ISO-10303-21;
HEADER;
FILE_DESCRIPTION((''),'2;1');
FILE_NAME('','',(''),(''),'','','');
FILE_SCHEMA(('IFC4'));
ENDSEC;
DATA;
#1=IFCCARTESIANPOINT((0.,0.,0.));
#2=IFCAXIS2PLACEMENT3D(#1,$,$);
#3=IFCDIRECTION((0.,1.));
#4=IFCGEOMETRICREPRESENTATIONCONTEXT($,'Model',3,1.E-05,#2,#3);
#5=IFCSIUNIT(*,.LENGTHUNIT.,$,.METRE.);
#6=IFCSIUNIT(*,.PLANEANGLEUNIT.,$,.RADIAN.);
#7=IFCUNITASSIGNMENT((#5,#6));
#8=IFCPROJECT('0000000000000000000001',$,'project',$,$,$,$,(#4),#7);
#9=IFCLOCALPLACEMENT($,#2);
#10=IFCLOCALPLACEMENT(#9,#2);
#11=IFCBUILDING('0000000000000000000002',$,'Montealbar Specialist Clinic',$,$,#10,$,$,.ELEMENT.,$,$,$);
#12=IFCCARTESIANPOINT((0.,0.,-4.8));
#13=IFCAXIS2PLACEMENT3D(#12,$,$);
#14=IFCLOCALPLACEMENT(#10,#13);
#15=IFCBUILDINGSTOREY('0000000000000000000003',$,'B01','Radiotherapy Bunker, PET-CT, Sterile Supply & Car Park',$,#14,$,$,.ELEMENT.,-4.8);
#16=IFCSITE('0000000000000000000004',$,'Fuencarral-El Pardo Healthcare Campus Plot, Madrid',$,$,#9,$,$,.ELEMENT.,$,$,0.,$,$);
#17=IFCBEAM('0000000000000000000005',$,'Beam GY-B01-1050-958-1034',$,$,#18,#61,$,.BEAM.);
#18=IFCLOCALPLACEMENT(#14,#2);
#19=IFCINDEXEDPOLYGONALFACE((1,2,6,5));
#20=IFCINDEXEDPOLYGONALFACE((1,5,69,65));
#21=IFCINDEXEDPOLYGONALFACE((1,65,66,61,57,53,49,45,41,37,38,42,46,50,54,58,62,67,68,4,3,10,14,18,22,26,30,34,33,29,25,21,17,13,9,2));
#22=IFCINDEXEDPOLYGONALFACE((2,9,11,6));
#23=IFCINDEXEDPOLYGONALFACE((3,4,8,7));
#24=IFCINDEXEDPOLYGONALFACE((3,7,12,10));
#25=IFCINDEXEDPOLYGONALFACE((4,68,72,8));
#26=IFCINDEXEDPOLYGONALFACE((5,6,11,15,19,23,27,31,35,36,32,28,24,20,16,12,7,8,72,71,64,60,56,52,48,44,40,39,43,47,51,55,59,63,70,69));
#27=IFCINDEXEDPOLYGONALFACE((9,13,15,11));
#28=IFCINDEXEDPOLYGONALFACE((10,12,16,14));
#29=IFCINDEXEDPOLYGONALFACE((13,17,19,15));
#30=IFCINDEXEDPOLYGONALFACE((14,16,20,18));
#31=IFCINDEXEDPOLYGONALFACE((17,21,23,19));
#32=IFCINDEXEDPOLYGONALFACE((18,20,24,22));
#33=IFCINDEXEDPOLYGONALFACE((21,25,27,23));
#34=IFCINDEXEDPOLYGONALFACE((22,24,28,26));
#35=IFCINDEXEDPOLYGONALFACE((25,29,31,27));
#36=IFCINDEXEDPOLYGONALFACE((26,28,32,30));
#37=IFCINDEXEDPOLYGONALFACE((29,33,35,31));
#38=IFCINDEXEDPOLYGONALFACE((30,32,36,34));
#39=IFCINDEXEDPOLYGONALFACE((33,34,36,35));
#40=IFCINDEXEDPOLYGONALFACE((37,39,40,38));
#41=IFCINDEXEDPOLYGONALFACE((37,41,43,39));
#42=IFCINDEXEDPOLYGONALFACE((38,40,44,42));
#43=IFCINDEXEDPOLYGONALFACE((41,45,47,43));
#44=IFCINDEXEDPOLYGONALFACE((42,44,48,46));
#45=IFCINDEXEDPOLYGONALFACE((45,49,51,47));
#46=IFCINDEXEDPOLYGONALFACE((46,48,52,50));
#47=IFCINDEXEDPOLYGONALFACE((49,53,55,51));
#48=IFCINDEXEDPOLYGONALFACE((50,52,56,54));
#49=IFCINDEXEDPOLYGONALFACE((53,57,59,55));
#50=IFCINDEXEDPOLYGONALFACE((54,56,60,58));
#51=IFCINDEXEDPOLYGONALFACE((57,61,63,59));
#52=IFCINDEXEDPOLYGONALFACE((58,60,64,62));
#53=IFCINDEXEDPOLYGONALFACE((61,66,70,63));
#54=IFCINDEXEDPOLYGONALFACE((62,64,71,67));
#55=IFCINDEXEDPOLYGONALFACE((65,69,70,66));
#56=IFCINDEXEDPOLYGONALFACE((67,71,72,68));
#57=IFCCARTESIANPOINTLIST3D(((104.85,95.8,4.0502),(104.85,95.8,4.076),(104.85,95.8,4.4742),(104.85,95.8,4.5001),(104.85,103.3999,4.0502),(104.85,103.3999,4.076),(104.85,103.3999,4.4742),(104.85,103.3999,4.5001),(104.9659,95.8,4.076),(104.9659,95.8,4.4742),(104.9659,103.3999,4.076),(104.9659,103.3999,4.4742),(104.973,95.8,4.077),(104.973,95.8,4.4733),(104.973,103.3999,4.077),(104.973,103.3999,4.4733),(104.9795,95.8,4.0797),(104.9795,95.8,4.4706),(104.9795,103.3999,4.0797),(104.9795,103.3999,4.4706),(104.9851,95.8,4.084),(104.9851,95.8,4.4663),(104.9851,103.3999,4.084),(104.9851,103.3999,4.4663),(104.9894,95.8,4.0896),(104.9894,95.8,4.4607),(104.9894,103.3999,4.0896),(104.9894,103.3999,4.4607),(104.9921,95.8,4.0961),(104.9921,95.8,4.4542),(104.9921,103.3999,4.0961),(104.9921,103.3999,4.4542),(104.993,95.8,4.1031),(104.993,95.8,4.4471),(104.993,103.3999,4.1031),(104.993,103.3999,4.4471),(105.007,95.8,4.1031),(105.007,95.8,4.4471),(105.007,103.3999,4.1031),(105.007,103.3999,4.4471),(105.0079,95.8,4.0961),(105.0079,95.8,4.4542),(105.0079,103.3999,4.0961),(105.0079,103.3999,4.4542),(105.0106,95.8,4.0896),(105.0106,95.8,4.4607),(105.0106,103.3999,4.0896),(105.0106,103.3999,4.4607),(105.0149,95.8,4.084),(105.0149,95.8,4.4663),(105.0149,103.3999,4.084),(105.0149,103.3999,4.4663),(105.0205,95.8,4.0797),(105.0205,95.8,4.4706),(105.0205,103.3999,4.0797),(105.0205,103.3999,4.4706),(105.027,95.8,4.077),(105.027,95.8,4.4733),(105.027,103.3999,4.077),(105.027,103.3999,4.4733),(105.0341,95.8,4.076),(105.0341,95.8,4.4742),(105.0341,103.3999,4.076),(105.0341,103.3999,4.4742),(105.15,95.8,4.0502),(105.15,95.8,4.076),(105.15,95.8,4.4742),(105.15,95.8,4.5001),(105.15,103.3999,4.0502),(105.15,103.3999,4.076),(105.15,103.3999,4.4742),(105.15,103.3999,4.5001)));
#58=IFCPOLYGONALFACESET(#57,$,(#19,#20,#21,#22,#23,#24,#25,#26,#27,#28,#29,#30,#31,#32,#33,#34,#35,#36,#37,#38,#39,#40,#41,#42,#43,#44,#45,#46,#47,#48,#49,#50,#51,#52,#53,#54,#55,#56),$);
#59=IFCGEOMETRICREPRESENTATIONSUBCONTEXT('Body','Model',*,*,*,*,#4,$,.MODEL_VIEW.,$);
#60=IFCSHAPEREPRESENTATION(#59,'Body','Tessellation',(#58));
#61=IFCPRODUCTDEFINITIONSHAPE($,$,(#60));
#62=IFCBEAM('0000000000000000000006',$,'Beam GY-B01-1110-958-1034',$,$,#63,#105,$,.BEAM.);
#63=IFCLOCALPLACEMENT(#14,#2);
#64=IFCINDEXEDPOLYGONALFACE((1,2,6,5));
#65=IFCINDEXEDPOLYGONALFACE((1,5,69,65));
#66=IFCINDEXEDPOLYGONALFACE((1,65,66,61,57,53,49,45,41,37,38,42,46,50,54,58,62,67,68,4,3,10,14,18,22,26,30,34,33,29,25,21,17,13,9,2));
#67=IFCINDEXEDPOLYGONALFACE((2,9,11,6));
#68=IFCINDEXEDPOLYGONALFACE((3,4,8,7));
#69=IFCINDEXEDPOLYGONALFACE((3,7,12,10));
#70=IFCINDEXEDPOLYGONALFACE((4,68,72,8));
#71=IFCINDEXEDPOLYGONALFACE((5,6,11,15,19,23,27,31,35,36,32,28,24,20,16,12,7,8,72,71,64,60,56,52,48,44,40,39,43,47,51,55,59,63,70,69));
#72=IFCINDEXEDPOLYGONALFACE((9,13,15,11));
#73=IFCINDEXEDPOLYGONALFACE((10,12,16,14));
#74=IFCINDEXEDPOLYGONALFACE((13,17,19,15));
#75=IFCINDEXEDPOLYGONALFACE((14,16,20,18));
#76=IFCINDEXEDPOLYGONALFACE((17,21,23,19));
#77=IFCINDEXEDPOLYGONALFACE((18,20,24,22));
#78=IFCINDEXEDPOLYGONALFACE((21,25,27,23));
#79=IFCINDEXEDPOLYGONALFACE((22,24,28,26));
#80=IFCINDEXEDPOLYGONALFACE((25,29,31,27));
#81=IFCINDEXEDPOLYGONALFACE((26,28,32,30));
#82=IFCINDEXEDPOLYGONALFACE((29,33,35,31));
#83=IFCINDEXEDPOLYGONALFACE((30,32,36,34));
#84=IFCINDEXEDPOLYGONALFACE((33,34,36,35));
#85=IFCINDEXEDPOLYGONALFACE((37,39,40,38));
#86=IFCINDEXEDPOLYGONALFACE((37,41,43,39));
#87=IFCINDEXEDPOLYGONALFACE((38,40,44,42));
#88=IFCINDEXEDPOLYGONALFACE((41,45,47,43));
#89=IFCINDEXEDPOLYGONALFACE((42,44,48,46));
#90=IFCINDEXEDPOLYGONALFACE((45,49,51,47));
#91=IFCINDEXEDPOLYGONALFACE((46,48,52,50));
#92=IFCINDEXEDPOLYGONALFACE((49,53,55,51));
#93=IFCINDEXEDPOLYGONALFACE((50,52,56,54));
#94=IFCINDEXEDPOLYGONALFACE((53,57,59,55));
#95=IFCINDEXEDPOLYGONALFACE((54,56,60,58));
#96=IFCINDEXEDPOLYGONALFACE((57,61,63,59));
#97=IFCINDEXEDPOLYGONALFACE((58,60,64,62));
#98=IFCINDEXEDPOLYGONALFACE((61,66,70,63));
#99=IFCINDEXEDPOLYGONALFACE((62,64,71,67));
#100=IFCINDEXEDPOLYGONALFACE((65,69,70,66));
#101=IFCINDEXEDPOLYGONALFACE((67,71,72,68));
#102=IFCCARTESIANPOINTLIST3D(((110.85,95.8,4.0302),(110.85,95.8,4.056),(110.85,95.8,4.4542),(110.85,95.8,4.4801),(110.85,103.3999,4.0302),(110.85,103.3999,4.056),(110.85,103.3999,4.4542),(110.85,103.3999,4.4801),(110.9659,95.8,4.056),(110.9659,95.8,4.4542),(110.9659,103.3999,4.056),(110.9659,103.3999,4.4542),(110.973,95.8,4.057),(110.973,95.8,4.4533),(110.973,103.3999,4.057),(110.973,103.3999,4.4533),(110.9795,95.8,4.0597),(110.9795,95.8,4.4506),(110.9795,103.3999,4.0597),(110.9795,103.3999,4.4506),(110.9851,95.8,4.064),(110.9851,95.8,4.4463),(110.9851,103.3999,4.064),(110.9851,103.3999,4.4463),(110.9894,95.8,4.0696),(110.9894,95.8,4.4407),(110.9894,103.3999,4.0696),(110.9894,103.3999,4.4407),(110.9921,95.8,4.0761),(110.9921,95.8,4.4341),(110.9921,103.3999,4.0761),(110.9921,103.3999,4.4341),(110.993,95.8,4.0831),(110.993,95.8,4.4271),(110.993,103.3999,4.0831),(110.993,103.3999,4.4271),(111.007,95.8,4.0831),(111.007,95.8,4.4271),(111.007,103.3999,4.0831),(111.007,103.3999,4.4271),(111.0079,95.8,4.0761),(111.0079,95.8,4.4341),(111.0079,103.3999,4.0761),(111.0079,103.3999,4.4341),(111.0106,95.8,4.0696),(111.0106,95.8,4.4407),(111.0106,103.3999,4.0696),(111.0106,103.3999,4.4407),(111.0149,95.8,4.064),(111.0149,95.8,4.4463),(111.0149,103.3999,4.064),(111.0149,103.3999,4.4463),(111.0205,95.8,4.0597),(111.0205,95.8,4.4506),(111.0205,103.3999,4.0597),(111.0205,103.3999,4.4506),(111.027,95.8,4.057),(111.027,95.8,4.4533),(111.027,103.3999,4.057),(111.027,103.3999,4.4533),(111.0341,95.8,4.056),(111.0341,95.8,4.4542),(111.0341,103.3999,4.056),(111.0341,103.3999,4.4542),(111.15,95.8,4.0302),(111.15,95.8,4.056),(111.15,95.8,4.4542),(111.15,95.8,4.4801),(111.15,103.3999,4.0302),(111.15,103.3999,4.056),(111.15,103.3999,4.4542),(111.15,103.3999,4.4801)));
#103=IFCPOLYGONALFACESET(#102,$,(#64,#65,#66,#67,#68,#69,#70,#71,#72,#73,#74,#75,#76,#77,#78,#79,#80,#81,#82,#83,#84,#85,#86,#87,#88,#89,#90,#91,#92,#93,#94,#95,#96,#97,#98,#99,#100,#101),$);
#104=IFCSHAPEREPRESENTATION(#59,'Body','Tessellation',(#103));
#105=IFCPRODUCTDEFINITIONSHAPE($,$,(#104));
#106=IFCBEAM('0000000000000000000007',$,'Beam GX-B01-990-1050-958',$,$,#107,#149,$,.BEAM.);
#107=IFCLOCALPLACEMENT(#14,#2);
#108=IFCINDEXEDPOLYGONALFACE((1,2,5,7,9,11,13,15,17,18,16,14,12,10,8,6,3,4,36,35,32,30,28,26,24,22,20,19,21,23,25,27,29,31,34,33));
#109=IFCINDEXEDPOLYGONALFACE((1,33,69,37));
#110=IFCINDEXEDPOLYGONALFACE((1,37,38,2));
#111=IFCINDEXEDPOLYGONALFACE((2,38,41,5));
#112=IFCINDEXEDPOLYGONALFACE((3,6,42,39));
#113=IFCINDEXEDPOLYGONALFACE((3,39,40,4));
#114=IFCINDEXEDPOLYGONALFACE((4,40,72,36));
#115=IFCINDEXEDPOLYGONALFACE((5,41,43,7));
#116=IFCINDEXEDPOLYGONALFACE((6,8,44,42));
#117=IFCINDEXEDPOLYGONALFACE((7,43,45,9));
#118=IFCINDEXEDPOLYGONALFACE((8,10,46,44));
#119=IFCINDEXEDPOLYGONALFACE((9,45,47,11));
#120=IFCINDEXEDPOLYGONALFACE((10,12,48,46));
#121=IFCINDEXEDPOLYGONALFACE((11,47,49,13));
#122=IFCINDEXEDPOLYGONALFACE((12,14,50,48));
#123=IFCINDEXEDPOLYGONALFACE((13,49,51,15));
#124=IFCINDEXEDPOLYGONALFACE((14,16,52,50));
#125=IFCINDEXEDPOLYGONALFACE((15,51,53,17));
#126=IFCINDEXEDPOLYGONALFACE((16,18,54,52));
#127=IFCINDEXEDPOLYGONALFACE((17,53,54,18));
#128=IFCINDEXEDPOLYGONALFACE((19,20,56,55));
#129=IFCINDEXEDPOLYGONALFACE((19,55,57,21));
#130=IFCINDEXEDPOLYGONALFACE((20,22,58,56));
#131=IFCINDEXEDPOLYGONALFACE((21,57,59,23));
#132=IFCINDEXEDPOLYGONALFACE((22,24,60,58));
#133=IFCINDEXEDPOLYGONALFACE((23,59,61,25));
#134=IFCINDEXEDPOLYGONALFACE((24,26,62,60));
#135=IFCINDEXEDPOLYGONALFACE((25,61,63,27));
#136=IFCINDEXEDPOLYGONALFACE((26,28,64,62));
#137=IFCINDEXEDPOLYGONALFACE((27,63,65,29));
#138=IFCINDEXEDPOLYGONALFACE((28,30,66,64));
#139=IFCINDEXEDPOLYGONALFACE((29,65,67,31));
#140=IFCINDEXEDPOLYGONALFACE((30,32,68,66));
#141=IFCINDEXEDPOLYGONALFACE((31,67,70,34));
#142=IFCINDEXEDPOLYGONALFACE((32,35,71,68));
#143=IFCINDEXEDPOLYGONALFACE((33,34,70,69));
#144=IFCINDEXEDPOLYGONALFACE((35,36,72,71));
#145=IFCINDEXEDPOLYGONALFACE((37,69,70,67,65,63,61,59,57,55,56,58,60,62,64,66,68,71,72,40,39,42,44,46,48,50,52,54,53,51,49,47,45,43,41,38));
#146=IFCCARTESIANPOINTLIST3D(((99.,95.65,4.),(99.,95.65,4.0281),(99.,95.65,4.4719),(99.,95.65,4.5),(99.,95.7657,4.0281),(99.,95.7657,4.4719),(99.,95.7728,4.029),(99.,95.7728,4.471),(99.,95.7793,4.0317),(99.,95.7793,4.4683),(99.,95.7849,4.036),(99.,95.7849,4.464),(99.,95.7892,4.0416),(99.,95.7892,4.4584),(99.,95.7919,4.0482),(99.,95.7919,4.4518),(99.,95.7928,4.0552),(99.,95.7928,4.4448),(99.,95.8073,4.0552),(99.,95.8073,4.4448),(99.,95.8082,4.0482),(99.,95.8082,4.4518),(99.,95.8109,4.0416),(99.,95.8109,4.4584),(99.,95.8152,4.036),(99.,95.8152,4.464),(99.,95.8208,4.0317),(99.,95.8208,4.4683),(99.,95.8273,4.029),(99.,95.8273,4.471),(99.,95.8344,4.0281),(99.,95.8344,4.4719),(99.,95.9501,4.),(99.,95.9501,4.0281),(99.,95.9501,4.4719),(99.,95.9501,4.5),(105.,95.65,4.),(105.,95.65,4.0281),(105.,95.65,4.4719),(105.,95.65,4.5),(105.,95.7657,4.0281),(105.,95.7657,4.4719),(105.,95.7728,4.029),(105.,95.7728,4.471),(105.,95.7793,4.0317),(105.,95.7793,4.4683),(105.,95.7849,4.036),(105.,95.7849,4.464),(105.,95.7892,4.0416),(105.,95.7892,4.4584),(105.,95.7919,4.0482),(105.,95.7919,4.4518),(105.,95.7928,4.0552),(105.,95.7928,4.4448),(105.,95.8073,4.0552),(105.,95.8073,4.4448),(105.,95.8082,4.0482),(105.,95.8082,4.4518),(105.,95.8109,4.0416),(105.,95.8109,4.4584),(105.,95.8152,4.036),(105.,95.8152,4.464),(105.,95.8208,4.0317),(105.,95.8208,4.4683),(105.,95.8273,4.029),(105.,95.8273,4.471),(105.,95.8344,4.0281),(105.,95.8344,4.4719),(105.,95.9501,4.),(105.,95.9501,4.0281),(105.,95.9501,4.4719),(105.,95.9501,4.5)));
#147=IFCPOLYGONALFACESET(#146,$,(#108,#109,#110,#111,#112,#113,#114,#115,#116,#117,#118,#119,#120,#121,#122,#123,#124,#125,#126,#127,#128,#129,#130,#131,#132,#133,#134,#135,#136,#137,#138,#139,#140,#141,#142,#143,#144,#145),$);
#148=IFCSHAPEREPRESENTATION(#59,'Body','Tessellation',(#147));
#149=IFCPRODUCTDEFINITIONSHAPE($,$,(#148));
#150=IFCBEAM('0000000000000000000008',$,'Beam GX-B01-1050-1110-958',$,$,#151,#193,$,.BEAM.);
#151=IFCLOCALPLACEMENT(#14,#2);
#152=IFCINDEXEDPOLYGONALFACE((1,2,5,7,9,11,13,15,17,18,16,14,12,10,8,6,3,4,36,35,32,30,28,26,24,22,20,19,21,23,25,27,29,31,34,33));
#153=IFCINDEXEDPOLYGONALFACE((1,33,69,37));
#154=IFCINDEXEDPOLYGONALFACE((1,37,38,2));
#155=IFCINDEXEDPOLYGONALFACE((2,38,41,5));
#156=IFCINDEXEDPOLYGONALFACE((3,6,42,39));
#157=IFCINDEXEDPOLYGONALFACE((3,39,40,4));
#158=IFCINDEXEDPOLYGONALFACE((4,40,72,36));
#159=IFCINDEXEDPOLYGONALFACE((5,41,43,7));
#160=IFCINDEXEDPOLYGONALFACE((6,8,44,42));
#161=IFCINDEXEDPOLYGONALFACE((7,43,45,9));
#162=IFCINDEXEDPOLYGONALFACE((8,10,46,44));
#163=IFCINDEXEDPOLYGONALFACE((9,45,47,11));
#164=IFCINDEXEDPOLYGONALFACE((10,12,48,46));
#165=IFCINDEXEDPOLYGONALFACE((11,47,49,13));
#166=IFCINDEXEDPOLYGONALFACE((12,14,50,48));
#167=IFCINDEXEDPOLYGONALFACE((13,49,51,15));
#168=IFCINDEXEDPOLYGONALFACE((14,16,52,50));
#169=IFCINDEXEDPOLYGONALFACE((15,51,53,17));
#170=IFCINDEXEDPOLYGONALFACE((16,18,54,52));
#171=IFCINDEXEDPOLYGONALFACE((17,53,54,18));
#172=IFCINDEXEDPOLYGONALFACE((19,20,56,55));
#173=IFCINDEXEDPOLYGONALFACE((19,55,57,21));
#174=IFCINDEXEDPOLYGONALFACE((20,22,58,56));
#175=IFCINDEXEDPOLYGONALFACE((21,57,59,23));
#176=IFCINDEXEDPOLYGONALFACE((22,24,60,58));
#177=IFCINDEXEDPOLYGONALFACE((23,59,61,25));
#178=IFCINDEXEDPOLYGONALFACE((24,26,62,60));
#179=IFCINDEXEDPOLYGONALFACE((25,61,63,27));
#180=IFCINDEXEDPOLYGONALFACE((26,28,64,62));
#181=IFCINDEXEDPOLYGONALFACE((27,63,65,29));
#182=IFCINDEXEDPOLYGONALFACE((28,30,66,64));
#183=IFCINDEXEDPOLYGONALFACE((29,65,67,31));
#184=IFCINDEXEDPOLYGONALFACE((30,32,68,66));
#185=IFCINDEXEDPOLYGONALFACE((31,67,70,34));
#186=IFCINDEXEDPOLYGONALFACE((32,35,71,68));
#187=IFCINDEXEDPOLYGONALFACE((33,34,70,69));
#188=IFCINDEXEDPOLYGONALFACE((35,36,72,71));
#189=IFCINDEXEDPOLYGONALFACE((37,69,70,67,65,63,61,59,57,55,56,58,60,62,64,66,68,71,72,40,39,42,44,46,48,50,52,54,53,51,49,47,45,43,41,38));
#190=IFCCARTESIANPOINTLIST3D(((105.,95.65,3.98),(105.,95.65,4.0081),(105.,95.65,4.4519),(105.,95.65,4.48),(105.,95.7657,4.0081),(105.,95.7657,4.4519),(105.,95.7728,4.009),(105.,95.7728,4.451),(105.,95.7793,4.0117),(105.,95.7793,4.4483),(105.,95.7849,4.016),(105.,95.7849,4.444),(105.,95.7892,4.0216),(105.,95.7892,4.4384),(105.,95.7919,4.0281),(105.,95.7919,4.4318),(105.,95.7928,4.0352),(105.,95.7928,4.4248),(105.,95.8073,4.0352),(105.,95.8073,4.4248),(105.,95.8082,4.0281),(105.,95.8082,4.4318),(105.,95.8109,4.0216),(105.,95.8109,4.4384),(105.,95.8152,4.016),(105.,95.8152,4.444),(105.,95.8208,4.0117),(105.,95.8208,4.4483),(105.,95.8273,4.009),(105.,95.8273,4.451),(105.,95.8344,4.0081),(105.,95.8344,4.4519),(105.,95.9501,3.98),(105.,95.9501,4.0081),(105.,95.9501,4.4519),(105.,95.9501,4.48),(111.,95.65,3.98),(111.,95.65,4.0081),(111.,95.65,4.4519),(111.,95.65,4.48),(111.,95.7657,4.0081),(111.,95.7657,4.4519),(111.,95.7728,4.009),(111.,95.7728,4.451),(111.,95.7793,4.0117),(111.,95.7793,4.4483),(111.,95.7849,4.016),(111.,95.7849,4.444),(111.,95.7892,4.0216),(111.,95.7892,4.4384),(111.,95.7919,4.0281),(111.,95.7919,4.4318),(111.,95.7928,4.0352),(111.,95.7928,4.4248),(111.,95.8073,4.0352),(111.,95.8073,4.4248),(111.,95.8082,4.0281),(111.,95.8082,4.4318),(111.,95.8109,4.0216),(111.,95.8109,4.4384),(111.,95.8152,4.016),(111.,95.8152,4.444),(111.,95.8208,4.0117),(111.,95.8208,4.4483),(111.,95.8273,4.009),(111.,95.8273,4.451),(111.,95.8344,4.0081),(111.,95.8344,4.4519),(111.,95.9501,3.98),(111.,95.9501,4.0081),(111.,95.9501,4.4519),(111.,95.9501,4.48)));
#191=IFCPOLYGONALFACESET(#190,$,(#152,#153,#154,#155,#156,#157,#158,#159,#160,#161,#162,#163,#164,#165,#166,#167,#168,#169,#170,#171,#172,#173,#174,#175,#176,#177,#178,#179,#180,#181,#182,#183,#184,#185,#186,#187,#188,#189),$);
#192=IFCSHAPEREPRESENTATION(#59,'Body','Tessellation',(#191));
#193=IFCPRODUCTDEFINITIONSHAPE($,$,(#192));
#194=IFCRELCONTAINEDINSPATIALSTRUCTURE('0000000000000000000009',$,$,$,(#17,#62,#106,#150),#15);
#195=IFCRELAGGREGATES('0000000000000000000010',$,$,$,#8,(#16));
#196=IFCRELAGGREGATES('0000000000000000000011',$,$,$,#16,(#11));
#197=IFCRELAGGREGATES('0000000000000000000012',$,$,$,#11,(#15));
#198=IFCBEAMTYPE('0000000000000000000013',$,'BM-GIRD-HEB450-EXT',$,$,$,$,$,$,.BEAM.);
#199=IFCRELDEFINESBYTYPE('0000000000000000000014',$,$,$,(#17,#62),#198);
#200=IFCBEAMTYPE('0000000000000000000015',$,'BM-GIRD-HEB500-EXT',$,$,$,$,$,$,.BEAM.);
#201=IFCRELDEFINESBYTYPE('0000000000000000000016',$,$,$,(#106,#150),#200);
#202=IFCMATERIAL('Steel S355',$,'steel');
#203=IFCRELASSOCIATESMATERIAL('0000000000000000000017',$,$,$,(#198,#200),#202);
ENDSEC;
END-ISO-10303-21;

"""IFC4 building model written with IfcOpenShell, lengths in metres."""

from ifc_helpers import new_model, si_unit, direction, frame, origin, origin_2d, place, context, subcontext, project, spatial, i_section, extrude, material, material_profile, profile_set, type_object, element, save


model = new_model("IFC4")

# Units and contexts
model_context = context("Model", 3, precision=1e-05, world=origin(), true_north=direction((0.0, 1.0)))
body_context = subcontext(model_context, "Body", "Model", "MODEL_VIEW")
ifc_project = project(units=[si_unit("LENGTHUNIT", "METRE"), si_unit("PLANEANGLEUNIT", "RADIAN")], contexts=[model_context])

# Site, building, storey
site_placement = place(None, origin())
site = spatial("IfcSite", under=ifc_project, at=site_placement, Name="Fuencarral-El Pardo Healthcare Campus Plot, Madrid", CompositionType="ELEMENT", RefElevation=0.0)
building_placement = place(site_placement, origin())
building = spatial("IfcBuilding", under=site, at=building_placement, Name="Montealbar Specialist Clinic", CompositionType="ELEMENT")
storey_placement = place(building_placement, frame((0.0, 0.0, -4.8)))
storey = spatial("IfcBuildingStorey", under=building, at=storey_placement, Name="B01", Description="Radiotherapy Bunker, PET-CT, Sterile Supply & Car Park", CompositionType="ELEMENT", Elevation=-4.8)

# Shared definitions
ifc_material_1 = material(Name="Steel S355", Category="steel")

# Beams
ifc_material_profile_1 = material_profile(ifc_material_1, i_section(OverallWidth=0.3, OverallDepth=0.45, WebThickness=0.0139, FlangeThickness=0.0259, FilletRadius=0.0271, at=origin_2d()), Name="HEB 450", Category="steel")
ifc_profile_set_1 = profile_set([ifc_material_profile_1], Name="Steel S355")
beam_type_1 = type_object("IfcBeamType", Name="BM-GIRD-HEB450-EXT", PredefinedType="BEAM", material=ifc_profile_set_1)
for number, where, z_axis, x_axis, name in (
    (1, (105.0, 95.8, 4.2751), (0.0, 1.0, 0.0), (-1.0, 0.0, 0.0), "Beam GY-B01-1050-958-1034"),
    (2, (111.0, 95.8, 4.2551), (0.0, 1.0, 0.0), (-1.0, 0.0, 0.0), "Beam GY-B01-1110-958-1034"),
):
    element("IfcBeam", number, at=place(storey_placement, frame(where, z_axis=z_axis, x_axis=x_axis)), inside=storey, type_object=beam_type_1, Name=name, PredefinedType="BEAM", context=body_context, shape_type="SweptSolid", body=[
        extrude(i_section(OverallWidth=0.3, OverallDepth=0.45, WebThickness=0.0139, FlangeThickness=0.0259, FilletRadius=0.0271, at=origin_2d()), origin(), (0.0, 0.0, 1.0), 7.5999),
    ])
ifc_material_profile_2 = material_profile(ifc_material_1, i_section(OverallWidth=0.3, OverallDepth=0.5, WebThickness=0.0144, FlangeThickness=0.0281, FilletRadius=0.0271, at=origin_2d()), Name="HEB 500", Category="steel")
ifc_profile_set_2 = profile_set([ifc_material_profile_2], Name="Steel S355")
beam_type_2 = type_object("IfcBeamType", Name="BM-GIRD-HEB500-EXT", PredefinedType="BEAM", material=ifc_profile_set_2)
for number, where, z_axis, x_axis, name in (
    (3, (99.0, 95.8, 4.25), (1.0, 0.0, 0.0), (0.0, 1.0, 0.0), "Beam GX-B01-990-1050-958"),
    (4, (105.0, 95.8, 4.23), (1.0, 0.0, 0.0), (0.0, 1.0, 0.0), "Beam GX-B01-1050-1110-958"),
):
    element("IfcBeam", number, at=place(storey_placement, frame(where, z_axis=z_axis, x_axis=x_axis)), inside=storey, type_object=beam_type_2, Name=name, PredefinedType="BEAM", context=body_context, shape_type="SweptSolid", body=[
        extrude(i_section(OverallWidth=0.3, OverallDepth=0.5, WebThickness=0.0144, FlangeThickness=0.0281, FilletRadius=0.0271, at=origin_2d()), origin(), (0.0, 0.0, 1.0), 6.0),
    ])

save(model, "model.ifc")
